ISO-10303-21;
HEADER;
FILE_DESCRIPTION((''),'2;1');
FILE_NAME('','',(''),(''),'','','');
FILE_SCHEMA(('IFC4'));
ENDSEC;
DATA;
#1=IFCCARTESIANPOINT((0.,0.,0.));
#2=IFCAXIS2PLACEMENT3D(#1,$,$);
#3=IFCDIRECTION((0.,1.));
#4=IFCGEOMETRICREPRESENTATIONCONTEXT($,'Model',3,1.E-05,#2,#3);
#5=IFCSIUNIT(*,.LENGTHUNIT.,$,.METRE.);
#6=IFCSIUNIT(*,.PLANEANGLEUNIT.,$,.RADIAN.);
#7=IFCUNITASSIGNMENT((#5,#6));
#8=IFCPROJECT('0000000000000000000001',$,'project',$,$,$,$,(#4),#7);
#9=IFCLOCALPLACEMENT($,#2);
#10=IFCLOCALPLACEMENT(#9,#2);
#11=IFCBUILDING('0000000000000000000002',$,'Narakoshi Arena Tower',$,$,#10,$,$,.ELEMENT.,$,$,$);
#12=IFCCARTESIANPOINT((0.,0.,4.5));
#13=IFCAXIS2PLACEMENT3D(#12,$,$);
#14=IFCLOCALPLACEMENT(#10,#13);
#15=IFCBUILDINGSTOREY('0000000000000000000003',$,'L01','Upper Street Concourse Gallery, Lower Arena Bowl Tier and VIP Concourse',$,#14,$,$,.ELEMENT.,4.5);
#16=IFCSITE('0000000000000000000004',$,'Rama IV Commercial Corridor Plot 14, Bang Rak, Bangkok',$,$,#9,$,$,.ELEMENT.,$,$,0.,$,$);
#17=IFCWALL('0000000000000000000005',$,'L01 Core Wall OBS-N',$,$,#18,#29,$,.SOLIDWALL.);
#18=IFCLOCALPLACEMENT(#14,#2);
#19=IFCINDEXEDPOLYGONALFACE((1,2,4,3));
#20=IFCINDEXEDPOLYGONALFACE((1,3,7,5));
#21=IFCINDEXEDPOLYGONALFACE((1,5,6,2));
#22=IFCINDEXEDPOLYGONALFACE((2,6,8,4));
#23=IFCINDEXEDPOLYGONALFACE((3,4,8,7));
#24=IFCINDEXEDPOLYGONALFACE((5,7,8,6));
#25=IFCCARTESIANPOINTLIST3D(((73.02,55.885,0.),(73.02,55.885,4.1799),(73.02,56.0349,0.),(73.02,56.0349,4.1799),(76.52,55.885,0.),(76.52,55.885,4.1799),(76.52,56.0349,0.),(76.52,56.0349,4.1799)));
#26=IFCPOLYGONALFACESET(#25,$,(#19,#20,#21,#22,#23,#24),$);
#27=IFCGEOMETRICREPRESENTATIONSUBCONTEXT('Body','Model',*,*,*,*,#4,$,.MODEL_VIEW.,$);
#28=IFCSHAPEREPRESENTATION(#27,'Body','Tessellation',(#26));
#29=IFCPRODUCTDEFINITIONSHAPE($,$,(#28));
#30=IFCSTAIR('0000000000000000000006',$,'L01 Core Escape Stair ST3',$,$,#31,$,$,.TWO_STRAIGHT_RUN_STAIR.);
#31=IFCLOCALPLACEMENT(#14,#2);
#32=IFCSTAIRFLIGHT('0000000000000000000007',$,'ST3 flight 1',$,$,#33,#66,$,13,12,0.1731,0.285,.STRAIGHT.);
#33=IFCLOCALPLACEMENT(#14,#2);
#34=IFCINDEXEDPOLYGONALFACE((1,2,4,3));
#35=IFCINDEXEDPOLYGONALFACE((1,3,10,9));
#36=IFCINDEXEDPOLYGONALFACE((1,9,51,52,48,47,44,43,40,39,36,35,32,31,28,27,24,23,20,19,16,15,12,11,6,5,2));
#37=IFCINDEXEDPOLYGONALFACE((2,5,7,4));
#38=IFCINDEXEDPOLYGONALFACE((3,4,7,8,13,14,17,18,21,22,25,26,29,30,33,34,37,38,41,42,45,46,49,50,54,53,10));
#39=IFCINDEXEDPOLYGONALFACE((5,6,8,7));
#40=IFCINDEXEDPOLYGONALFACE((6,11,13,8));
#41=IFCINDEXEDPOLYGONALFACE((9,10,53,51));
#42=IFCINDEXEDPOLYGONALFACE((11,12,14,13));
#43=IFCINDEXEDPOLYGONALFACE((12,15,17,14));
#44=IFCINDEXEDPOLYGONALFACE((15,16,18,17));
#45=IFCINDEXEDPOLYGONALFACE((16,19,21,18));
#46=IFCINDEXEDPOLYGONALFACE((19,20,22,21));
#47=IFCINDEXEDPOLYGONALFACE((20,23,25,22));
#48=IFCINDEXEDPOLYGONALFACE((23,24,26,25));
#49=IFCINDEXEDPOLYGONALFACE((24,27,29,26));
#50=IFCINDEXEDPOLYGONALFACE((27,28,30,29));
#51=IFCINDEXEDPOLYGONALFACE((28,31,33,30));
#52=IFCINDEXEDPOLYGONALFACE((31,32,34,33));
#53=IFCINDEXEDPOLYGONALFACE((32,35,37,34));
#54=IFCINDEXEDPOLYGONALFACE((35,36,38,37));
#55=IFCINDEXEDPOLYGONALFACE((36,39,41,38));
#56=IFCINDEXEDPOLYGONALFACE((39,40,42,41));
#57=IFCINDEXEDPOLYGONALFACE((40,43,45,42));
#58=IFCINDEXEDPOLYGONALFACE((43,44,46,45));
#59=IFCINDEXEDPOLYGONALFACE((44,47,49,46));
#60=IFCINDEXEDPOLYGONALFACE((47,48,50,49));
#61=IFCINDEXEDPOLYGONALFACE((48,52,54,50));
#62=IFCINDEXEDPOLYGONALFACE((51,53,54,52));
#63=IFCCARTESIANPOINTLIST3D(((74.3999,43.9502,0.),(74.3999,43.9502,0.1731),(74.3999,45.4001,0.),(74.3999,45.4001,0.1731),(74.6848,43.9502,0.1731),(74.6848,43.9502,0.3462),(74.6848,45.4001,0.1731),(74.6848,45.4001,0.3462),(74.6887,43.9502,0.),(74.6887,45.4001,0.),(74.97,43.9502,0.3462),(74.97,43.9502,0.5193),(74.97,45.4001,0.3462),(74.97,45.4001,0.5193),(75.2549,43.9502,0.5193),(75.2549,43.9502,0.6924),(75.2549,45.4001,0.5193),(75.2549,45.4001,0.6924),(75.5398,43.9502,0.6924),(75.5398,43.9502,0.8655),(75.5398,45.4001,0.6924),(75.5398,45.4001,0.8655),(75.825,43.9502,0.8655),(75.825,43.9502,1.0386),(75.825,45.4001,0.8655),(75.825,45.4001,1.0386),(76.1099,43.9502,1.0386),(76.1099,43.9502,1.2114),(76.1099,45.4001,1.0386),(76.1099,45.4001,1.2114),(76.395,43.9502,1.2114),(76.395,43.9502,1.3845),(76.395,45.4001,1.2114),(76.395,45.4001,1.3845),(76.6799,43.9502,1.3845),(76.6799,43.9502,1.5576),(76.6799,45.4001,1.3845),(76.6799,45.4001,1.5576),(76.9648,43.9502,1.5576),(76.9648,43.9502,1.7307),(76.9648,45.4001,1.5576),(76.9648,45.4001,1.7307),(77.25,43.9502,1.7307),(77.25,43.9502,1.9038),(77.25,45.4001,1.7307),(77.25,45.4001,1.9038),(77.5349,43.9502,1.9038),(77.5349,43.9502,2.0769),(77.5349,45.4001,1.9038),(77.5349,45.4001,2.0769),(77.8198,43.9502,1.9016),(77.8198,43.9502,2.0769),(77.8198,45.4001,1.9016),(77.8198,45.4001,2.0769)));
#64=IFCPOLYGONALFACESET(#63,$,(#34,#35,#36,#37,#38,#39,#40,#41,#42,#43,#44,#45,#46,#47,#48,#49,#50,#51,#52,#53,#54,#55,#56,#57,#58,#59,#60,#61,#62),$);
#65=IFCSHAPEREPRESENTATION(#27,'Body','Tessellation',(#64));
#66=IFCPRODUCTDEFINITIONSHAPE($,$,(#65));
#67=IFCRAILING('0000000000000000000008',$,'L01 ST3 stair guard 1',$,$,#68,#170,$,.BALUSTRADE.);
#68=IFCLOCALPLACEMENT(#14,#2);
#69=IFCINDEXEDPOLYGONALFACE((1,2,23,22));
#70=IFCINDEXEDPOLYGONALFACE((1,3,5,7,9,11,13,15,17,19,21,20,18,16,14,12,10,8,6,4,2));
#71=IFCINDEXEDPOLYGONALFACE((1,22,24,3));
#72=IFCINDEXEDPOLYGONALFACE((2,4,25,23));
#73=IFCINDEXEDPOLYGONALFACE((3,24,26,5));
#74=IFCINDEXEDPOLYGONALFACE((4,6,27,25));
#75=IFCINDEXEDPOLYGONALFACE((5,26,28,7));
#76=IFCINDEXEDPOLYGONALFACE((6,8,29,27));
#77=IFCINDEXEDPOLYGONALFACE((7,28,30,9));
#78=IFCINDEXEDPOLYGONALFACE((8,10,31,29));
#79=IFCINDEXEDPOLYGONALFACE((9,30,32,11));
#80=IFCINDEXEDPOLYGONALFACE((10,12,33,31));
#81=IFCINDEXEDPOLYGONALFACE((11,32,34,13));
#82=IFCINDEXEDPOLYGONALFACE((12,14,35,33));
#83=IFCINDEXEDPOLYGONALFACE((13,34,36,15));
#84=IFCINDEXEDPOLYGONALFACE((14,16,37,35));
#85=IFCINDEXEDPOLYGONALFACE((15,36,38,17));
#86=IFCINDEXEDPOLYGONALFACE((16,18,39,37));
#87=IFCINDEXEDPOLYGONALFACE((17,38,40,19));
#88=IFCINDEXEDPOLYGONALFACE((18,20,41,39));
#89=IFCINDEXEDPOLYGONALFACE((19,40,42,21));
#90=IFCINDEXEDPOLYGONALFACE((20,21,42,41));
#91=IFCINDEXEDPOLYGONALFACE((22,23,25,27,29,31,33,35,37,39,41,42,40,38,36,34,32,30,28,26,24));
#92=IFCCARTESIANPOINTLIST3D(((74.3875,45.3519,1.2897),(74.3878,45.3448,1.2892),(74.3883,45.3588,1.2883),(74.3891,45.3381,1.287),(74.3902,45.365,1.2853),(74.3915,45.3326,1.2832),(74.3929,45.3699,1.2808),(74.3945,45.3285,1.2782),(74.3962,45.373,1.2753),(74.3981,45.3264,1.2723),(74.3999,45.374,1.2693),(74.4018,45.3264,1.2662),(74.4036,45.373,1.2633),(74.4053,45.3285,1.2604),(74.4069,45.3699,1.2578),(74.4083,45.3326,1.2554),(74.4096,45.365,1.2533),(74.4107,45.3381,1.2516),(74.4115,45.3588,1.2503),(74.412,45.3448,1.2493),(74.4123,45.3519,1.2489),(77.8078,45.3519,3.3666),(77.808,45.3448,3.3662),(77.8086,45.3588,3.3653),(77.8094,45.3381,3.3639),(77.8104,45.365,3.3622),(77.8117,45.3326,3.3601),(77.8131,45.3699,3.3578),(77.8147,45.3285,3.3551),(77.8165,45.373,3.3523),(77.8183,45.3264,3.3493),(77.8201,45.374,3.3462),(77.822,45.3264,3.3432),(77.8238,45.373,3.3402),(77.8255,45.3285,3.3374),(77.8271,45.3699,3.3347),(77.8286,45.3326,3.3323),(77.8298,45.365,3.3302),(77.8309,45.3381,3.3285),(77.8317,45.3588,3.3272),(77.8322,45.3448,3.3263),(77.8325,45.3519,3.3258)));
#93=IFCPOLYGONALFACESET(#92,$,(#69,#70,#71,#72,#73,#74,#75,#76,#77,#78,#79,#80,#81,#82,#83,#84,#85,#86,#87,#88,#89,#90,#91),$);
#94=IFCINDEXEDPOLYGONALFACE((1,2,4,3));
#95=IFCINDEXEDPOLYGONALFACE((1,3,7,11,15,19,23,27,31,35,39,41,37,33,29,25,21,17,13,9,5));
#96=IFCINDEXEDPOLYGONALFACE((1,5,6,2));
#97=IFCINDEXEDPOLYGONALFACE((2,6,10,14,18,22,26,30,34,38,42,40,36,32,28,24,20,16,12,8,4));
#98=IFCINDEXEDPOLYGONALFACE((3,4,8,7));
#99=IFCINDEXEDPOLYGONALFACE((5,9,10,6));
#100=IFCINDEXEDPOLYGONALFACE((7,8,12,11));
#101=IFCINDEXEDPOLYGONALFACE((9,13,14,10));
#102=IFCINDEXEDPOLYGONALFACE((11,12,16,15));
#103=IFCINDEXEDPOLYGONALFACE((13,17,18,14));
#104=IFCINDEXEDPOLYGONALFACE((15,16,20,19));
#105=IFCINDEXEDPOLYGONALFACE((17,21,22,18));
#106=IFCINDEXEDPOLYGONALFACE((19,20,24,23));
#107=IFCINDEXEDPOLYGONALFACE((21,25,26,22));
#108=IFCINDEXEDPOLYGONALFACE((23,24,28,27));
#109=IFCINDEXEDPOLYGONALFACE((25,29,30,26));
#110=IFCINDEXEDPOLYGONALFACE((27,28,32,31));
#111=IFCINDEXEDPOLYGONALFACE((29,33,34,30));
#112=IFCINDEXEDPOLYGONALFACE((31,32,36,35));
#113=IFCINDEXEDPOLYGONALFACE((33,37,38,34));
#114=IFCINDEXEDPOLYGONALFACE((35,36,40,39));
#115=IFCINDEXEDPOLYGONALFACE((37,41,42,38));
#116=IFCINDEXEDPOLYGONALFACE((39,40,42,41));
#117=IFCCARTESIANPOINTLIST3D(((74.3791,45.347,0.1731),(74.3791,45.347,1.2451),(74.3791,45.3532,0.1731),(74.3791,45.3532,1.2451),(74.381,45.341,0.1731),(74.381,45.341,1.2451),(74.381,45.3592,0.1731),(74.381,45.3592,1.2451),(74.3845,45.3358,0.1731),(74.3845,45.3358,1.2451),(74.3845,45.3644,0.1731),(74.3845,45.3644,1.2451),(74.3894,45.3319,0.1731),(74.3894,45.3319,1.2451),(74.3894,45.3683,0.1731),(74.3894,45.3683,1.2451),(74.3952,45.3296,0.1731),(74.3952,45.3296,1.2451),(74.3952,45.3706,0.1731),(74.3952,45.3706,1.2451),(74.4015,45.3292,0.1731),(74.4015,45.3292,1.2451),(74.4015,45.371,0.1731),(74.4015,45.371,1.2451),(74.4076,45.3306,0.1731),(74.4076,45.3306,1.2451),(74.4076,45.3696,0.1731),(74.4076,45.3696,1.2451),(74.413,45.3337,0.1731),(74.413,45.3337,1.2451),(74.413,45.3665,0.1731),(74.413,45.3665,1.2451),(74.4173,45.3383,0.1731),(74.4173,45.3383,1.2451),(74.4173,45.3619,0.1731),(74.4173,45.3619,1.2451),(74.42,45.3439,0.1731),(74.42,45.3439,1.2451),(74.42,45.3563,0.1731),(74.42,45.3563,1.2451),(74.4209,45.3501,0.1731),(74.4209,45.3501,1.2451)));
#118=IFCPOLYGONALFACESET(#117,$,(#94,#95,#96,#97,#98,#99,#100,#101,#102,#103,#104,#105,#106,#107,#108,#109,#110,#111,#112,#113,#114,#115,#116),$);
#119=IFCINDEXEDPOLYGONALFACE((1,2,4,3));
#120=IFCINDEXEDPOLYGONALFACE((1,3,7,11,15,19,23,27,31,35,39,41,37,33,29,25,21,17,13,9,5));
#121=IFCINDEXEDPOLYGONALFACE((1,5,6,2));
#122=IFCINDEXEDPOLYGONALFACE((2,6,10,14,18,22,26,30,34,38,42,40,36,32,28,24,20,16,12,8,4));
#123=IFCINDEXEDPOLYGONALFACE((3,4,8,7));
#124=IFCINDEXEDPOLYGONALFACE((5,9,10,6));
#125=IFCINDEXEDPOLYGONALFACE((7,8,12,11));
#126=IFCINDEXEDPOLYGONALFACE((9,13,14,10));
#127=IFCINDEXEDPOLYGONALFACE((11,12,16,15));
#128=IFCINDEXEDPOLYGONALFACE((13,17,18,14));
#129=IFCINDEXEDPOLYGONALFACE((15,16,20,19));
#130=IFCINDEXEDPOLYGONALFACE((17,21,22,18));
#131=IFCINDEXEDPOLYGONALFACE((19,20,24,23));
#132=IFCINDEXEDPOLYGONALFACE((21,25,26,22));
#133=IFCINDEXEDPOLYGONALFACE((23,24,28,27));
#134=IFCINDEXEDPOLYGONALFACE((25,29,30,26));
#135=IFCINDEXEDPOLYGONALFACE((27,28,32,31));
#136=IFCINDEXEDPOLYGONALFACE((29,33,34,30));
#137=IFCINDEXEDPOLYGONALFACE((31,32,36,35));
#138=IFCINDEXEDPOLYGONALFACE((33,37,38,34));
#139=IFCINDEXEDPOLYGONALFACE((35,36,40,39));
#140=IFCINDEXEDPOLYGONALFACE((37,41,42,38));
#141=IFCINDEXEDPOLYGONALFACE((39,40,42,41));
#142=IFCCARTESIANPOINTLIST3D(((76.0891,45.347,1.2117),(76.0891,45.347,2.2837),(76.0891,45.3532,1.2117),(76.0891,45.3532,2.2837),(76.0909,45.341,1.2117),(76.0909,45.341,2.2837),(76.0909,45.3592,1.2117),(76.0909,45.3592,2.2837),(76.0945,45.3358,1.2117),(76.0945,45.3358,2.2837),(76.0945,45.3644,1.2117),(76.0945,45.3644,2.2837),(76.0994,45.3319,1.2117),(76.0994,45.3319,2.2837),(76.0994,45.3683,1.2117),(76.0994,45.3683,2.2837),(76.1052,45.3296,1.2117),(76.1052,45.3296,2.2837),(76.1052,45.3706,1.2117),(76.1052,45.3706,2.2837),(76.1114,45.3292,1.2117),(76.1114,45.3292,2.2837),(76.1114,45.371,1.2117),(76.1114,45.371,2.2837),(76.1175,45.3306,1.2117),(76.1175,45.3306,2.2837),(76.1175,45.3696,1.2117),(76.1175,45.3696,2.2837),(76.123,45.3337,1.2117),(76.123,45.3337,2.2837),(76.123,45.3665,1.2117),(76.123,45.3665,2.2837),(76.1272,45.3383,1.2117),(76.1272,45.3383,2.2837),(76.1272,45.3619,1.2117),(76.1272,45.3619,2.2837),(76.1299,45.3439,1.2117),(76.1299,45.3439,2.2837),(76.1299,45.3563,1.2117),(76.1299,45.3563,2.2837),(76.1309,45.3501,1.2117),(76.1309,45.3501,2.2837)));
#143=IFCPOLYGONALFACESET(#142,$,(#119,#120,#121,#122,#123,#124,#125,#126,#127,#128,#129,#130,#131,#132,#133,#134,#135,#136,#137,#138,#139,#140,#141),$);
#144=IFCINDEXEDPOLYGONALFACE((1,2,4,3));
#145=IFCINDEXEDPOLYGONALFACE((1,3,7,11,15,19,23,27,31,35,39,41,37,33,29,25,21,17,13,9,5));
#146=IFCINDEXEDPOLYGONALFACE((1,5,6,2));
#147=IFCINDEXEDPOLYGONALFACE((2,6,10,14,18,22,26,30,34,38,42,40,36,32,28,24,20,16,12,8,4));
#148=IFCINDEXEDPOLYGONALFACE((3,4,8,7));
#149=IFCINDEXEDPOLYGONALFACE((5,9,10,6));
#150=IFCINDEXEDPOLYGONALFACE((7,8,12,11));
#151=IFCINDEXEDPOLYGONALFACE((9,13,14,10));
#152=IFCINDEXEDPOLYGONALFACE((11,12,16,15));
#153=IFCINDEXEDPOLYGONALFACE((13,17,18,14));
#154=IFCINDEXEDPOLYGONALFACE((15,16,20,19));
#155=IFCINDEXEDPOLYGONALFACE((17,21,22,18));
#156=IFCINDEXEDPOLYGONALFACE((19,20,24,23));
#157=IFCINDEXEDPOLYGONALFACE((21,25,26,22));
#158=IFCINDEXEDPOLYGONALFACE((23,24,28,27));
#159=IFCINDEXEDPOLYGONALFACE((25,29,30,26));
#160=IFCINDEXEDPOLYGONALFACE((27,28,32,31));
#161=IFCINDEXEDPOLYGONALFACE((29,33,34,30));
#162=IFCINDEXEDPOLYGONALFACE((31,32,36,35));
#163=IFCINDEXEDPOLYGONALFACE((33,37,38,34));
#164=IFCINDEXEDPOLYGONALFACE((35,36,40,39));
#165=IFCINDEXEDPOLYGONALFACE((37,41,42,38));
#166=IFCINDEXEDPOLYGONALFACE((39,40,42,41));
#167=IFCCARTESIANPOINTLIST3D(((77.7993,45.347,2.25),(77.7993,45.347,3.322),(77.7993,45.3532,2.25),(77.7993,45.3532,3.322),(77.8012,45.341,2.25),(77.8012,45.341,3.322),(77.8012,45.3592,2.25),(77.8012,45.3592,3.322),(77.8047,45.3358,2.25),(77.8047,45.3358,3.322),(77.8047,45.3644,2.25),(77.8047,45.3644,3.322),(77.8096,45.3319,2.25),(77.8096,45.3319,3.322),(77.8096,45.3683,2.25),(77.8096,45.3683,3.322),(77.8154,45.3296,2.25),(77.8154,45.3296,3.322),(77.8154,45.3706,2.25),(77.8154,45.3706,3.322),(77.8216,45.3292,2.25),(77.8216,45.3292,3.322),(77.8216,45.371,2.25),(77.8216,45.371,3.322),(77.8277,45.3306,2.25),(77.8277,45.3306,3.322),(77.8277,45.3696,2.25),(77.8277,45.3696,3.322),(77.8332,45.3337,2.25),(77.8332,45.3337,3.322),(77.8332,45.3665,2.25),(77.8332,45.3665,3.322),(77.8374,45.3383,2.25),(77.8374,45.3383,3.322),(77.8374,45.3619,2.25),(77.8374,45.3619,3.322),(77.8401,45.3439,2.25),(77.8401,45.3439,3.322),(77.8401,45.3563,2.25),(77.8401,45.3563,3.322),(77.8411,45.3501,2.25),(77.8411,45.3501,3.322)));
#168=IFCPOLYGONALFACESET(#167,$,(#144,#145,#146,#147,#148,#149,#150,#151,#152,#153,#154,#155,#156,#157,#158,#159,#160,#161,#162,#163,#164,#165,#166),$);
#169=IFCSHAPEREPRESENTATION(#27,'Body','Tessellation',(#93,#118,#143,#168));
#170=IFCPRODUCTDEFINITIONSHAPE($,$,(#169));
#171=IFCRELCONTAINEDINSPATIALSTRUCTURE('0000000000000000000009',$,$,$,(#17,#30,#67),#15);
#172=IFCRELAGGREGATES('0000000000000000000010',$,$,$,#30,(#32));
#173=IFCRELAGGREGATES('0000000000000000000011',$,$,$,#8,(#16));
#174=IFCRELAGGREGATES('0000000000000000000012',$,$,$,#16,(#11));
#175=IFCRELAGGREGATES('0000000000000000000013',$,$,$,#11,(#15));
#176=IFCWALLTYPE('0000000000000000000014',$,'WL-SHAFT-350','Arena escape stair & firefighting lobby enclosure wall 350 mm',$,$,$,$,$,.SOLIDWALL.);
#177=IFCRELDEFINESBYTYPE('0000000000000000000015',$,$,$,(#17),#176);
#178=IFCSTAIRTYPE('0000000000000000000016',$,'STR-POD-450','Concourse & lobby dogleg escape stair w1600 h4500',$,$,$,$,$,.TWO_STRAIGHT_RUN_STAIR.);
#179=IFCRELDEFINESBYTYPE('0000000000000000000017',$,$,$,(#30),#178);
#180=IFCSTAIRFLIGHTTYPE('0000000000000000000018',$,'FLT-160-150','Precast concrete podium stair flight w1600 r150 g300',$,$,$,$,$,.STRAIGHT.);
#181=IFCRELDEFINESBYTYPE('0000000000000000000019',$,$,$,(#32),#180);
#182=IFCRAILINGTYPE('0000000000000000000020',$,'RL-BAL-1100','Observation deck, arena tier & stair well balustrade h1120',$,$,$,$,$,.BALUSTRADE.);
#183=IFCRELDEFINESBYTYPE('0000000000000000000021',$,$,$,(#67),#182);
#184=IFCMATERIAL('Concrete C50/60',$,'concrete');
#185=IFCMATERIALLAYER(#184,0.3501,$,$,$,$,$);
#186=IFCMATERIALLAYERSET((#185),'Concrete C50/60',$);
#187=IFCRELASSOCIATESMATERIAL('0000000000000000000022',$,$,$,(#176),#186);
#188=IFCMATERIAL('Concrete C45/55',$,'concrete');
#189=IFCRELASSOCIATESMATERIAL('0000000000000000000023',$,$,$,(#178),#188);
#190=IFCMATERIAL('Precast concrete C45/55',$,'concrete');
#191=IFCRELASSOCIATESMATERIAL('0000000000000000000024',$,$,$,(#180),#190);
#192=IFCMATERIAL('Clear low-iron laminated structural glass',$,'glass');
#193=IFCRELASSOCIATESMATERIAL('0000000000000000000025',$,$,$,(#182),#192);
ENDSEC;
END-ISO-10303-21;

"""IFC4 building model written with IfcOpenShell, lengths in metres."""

from ifc_helpers import new_model, si_unit, direction, frame, frame_2d, origin, origin_2d, place, context, subcontext, project, spatial, polyline, rectangle, circle, outline, extrude, material, layer, layer_set, type_object, element, aggregate, save


model = new_model("IFC4")

# Units and contexts
model_context = context("Model", 3, precision=1e-05, world=origin(), true_north=direction((0.0, 1.0)))
body_context = subcontext(model_context, "Body", "Model", "MODEL_VIEW")
ifc_project = project(units=[si_unit("LENGTHUNIT", "METRE"), si_unit("PLANEANGLEUNIT", "RADIAN")], contexts=[model_context])

# Site, building, storey
site_placement = place(None, origin())
site = spatial("IfcSite", under=ifc_project, at=site_placement, Name="Rama IV Commercial Corridor Plot 14, Bang Rak, Bangkok", CompositionType="ELEMENT", RefElevation=0.0)
building_placement = place(site_placement, origin())
building = spatial("IfcBuilding", under=site, at=building_placement, Name="Narakoshi Arena Tower", CompositionType="ELEMENT")
storey_placement = place(building_placement, frame((0.0, 0.0, 4.5)))
storey = spatial("IfcBuildingStorey", under=building, at=storey_placement, Name="L01", Description="Upper Street Concourse Gallery, Lower Arena Bowl Tier and VIP Concourse", CompositionType="ELEMENT", Elevation=4.5)

# Shared definitions
ifc_material_1 = material(Name="Concrete C50/60", Category="concrete")
ifc_layer_1 = layer(ifc_material_1, 0.3501)
ifc_layer_set_1 = layer_set([ifc_layer_1], Name="Concrete C50/60")
wall_type_1 = type_object("IfcWallType", Name="WL-SHAFT-350", Description="Arena escape stair & firefighting lobby enclosure wall 350 mm", PredefinedType="SOLIDWALL", material=ifc_layer_set_1)

# Wall
wall_1_placement = place(storey_placement, frame((73.02, 55.96, 0.0), z_axis=(0.0, 0.0, 1.0), x_axis=(1.0, 0.0, 0.0)))
element("IfcWall", 1, at=wall_1_placement, inside=storey, type_object=wall_type_1, Name="L01 Core Wall OBS-N", PredefinedType="SOLIDWALL", context=body_context, shape_type="SweptSolid", body=[
    extrude(rectangle(XDim=3.5, YDim=0.1499, at=frame_2d((1.75, 0.0))), origin(), (0.0, 0.0, 1.0), 4.1799),
])

# Stair, stair flight
ifc_material_2 = material(Name="Concrete C45/55", Category="concrete")
stair_type = type_object("IfcStairType", Name="STR-POD-450", Description="Concourse & lobby dogleg escape stair w1600 h4500", PredefinedType="TWO_STRAIGHT_RUN_STAIR", material=ifc_material_2)
stair_placement = place(storey_placement, origin())
stair = element("IfcStair", 2, at=stair_placement, inside=storey, type_object=stair_type, Name="L01 Core Escape Stair ST3", PredefinedType="TWO_STRAIGHT_RUN_STAIR")
ifc_material_3 = material(Name="Precast concrete C45/55", Category="concrete")
stair_flight_type = type_object("IfcStairFlightType", Name="FLT-160-150", Description="Precast concrete podium stair flight w1600 r150 g300", PredefinedType="STRAIGHT", material=ifc_material_3)
stair_flight_placement = place(storey_placement, frame((74.3999, 44.675, 0.0), z_axis=(0.0, 0.0, 1.0), x_axis=(1.0, 0.0, 0.0)))
stair_flight = element("IfcStairFlight", 3, at=stair_flight_placement, type_object=stair_flight_type, Name="ST3 flight 1", NumberOfRisers=13, NumberOfTreads=12, PredefinedType="STRAIGHT", RiserHeight=0.1731, TreadLength=0.285, context=body_context, shape_type="SweptSolid", body=[
    extrude(outline(polyline([(0.0, 0.0), (0.0, 0.1731), (0.2849, 0.1731), (0.2849, 0.3462), (0.5701, 0.3462), (0.5701, 0.5193), (0.855, 0.5193), (0.855, 0.6924), (1.1399, 0.6924), (1.1399, 0.8655), (1.425, 0.8655), (1.425, 1.0386), (1.71, 1.0386), (1.71, 1.2114), (1.9951, 1.2114), (1.9951, 1.3845), (2.28, 1.3845), (2.28, 1.5576), (2.5649, 1.5576), (2.5649, 1.7307), (2.8501, 1.7307), (2.8501, 1.9038), (3.135, 1.9038), (3.135, 2.0769), (3.4199, 2.0769), (3.4199, 2.25), (3.4199, 1.9016), (0.2888, 0.0), (0.0, 0.0)])), frame((0.0, 0.7251, 0.0), z_axis=(0.0, -1.0, 0.0), x_axis=(1.0, 0.0, 0.0)), (0.0, 0.0, 1.0), 1.45),
])
aggregate(stair, [stair_flight])

# Railing
ifc_material_4 = material(Name="Clear low-iron laminated structural glass", Category="glass")
railing_type_1 = type_object("IfcRailingType", Name="RL-BAL-1100", Description="Observation deck, arena tier & stair well balustrade h1120", PredefinedType="BALUSTRADE", material=ifc_material_4)
railing_1_placement = place(storey_placement, frame((74.3999, 45.3501, 0.1731)))
element("IfcRailing", 4, at=railing_1_placement, inside=storey, type_object=railing_type_1, Name="L01 ST3 stair guard 1", PredefinedType="BALUSTRADE", context=body_context, shape_type="SweptSolid", body=[
    extrude(circle(Radius=0.0239, at=origin_2d()), frame((0.0, 0.0, 1.0962), z_axis=(0.854746, 0.0, 0.519047), x_axis=(0.0, 1.0, 0.0)), (0.0, 0.0, 1.0), 4.0015),
    extrude(circle(Radius=0.021, at=origin_2d()), origin(), (0.0, 0.0, 1.0), 1.072),
    extrude(circle(Radius=0.021, at=origin_2d()), frame((1.71, 0.0, 1.0386)), (0.0, 0.0, 1.0), 1.072),
    extrude(circle(Radius=0.021, at=origin_2d()), frame((3.4202, 0.0, 2.0769)), (0.0, 0.0, 1.0), 1.072),
])

save(model, "model.ifc")
